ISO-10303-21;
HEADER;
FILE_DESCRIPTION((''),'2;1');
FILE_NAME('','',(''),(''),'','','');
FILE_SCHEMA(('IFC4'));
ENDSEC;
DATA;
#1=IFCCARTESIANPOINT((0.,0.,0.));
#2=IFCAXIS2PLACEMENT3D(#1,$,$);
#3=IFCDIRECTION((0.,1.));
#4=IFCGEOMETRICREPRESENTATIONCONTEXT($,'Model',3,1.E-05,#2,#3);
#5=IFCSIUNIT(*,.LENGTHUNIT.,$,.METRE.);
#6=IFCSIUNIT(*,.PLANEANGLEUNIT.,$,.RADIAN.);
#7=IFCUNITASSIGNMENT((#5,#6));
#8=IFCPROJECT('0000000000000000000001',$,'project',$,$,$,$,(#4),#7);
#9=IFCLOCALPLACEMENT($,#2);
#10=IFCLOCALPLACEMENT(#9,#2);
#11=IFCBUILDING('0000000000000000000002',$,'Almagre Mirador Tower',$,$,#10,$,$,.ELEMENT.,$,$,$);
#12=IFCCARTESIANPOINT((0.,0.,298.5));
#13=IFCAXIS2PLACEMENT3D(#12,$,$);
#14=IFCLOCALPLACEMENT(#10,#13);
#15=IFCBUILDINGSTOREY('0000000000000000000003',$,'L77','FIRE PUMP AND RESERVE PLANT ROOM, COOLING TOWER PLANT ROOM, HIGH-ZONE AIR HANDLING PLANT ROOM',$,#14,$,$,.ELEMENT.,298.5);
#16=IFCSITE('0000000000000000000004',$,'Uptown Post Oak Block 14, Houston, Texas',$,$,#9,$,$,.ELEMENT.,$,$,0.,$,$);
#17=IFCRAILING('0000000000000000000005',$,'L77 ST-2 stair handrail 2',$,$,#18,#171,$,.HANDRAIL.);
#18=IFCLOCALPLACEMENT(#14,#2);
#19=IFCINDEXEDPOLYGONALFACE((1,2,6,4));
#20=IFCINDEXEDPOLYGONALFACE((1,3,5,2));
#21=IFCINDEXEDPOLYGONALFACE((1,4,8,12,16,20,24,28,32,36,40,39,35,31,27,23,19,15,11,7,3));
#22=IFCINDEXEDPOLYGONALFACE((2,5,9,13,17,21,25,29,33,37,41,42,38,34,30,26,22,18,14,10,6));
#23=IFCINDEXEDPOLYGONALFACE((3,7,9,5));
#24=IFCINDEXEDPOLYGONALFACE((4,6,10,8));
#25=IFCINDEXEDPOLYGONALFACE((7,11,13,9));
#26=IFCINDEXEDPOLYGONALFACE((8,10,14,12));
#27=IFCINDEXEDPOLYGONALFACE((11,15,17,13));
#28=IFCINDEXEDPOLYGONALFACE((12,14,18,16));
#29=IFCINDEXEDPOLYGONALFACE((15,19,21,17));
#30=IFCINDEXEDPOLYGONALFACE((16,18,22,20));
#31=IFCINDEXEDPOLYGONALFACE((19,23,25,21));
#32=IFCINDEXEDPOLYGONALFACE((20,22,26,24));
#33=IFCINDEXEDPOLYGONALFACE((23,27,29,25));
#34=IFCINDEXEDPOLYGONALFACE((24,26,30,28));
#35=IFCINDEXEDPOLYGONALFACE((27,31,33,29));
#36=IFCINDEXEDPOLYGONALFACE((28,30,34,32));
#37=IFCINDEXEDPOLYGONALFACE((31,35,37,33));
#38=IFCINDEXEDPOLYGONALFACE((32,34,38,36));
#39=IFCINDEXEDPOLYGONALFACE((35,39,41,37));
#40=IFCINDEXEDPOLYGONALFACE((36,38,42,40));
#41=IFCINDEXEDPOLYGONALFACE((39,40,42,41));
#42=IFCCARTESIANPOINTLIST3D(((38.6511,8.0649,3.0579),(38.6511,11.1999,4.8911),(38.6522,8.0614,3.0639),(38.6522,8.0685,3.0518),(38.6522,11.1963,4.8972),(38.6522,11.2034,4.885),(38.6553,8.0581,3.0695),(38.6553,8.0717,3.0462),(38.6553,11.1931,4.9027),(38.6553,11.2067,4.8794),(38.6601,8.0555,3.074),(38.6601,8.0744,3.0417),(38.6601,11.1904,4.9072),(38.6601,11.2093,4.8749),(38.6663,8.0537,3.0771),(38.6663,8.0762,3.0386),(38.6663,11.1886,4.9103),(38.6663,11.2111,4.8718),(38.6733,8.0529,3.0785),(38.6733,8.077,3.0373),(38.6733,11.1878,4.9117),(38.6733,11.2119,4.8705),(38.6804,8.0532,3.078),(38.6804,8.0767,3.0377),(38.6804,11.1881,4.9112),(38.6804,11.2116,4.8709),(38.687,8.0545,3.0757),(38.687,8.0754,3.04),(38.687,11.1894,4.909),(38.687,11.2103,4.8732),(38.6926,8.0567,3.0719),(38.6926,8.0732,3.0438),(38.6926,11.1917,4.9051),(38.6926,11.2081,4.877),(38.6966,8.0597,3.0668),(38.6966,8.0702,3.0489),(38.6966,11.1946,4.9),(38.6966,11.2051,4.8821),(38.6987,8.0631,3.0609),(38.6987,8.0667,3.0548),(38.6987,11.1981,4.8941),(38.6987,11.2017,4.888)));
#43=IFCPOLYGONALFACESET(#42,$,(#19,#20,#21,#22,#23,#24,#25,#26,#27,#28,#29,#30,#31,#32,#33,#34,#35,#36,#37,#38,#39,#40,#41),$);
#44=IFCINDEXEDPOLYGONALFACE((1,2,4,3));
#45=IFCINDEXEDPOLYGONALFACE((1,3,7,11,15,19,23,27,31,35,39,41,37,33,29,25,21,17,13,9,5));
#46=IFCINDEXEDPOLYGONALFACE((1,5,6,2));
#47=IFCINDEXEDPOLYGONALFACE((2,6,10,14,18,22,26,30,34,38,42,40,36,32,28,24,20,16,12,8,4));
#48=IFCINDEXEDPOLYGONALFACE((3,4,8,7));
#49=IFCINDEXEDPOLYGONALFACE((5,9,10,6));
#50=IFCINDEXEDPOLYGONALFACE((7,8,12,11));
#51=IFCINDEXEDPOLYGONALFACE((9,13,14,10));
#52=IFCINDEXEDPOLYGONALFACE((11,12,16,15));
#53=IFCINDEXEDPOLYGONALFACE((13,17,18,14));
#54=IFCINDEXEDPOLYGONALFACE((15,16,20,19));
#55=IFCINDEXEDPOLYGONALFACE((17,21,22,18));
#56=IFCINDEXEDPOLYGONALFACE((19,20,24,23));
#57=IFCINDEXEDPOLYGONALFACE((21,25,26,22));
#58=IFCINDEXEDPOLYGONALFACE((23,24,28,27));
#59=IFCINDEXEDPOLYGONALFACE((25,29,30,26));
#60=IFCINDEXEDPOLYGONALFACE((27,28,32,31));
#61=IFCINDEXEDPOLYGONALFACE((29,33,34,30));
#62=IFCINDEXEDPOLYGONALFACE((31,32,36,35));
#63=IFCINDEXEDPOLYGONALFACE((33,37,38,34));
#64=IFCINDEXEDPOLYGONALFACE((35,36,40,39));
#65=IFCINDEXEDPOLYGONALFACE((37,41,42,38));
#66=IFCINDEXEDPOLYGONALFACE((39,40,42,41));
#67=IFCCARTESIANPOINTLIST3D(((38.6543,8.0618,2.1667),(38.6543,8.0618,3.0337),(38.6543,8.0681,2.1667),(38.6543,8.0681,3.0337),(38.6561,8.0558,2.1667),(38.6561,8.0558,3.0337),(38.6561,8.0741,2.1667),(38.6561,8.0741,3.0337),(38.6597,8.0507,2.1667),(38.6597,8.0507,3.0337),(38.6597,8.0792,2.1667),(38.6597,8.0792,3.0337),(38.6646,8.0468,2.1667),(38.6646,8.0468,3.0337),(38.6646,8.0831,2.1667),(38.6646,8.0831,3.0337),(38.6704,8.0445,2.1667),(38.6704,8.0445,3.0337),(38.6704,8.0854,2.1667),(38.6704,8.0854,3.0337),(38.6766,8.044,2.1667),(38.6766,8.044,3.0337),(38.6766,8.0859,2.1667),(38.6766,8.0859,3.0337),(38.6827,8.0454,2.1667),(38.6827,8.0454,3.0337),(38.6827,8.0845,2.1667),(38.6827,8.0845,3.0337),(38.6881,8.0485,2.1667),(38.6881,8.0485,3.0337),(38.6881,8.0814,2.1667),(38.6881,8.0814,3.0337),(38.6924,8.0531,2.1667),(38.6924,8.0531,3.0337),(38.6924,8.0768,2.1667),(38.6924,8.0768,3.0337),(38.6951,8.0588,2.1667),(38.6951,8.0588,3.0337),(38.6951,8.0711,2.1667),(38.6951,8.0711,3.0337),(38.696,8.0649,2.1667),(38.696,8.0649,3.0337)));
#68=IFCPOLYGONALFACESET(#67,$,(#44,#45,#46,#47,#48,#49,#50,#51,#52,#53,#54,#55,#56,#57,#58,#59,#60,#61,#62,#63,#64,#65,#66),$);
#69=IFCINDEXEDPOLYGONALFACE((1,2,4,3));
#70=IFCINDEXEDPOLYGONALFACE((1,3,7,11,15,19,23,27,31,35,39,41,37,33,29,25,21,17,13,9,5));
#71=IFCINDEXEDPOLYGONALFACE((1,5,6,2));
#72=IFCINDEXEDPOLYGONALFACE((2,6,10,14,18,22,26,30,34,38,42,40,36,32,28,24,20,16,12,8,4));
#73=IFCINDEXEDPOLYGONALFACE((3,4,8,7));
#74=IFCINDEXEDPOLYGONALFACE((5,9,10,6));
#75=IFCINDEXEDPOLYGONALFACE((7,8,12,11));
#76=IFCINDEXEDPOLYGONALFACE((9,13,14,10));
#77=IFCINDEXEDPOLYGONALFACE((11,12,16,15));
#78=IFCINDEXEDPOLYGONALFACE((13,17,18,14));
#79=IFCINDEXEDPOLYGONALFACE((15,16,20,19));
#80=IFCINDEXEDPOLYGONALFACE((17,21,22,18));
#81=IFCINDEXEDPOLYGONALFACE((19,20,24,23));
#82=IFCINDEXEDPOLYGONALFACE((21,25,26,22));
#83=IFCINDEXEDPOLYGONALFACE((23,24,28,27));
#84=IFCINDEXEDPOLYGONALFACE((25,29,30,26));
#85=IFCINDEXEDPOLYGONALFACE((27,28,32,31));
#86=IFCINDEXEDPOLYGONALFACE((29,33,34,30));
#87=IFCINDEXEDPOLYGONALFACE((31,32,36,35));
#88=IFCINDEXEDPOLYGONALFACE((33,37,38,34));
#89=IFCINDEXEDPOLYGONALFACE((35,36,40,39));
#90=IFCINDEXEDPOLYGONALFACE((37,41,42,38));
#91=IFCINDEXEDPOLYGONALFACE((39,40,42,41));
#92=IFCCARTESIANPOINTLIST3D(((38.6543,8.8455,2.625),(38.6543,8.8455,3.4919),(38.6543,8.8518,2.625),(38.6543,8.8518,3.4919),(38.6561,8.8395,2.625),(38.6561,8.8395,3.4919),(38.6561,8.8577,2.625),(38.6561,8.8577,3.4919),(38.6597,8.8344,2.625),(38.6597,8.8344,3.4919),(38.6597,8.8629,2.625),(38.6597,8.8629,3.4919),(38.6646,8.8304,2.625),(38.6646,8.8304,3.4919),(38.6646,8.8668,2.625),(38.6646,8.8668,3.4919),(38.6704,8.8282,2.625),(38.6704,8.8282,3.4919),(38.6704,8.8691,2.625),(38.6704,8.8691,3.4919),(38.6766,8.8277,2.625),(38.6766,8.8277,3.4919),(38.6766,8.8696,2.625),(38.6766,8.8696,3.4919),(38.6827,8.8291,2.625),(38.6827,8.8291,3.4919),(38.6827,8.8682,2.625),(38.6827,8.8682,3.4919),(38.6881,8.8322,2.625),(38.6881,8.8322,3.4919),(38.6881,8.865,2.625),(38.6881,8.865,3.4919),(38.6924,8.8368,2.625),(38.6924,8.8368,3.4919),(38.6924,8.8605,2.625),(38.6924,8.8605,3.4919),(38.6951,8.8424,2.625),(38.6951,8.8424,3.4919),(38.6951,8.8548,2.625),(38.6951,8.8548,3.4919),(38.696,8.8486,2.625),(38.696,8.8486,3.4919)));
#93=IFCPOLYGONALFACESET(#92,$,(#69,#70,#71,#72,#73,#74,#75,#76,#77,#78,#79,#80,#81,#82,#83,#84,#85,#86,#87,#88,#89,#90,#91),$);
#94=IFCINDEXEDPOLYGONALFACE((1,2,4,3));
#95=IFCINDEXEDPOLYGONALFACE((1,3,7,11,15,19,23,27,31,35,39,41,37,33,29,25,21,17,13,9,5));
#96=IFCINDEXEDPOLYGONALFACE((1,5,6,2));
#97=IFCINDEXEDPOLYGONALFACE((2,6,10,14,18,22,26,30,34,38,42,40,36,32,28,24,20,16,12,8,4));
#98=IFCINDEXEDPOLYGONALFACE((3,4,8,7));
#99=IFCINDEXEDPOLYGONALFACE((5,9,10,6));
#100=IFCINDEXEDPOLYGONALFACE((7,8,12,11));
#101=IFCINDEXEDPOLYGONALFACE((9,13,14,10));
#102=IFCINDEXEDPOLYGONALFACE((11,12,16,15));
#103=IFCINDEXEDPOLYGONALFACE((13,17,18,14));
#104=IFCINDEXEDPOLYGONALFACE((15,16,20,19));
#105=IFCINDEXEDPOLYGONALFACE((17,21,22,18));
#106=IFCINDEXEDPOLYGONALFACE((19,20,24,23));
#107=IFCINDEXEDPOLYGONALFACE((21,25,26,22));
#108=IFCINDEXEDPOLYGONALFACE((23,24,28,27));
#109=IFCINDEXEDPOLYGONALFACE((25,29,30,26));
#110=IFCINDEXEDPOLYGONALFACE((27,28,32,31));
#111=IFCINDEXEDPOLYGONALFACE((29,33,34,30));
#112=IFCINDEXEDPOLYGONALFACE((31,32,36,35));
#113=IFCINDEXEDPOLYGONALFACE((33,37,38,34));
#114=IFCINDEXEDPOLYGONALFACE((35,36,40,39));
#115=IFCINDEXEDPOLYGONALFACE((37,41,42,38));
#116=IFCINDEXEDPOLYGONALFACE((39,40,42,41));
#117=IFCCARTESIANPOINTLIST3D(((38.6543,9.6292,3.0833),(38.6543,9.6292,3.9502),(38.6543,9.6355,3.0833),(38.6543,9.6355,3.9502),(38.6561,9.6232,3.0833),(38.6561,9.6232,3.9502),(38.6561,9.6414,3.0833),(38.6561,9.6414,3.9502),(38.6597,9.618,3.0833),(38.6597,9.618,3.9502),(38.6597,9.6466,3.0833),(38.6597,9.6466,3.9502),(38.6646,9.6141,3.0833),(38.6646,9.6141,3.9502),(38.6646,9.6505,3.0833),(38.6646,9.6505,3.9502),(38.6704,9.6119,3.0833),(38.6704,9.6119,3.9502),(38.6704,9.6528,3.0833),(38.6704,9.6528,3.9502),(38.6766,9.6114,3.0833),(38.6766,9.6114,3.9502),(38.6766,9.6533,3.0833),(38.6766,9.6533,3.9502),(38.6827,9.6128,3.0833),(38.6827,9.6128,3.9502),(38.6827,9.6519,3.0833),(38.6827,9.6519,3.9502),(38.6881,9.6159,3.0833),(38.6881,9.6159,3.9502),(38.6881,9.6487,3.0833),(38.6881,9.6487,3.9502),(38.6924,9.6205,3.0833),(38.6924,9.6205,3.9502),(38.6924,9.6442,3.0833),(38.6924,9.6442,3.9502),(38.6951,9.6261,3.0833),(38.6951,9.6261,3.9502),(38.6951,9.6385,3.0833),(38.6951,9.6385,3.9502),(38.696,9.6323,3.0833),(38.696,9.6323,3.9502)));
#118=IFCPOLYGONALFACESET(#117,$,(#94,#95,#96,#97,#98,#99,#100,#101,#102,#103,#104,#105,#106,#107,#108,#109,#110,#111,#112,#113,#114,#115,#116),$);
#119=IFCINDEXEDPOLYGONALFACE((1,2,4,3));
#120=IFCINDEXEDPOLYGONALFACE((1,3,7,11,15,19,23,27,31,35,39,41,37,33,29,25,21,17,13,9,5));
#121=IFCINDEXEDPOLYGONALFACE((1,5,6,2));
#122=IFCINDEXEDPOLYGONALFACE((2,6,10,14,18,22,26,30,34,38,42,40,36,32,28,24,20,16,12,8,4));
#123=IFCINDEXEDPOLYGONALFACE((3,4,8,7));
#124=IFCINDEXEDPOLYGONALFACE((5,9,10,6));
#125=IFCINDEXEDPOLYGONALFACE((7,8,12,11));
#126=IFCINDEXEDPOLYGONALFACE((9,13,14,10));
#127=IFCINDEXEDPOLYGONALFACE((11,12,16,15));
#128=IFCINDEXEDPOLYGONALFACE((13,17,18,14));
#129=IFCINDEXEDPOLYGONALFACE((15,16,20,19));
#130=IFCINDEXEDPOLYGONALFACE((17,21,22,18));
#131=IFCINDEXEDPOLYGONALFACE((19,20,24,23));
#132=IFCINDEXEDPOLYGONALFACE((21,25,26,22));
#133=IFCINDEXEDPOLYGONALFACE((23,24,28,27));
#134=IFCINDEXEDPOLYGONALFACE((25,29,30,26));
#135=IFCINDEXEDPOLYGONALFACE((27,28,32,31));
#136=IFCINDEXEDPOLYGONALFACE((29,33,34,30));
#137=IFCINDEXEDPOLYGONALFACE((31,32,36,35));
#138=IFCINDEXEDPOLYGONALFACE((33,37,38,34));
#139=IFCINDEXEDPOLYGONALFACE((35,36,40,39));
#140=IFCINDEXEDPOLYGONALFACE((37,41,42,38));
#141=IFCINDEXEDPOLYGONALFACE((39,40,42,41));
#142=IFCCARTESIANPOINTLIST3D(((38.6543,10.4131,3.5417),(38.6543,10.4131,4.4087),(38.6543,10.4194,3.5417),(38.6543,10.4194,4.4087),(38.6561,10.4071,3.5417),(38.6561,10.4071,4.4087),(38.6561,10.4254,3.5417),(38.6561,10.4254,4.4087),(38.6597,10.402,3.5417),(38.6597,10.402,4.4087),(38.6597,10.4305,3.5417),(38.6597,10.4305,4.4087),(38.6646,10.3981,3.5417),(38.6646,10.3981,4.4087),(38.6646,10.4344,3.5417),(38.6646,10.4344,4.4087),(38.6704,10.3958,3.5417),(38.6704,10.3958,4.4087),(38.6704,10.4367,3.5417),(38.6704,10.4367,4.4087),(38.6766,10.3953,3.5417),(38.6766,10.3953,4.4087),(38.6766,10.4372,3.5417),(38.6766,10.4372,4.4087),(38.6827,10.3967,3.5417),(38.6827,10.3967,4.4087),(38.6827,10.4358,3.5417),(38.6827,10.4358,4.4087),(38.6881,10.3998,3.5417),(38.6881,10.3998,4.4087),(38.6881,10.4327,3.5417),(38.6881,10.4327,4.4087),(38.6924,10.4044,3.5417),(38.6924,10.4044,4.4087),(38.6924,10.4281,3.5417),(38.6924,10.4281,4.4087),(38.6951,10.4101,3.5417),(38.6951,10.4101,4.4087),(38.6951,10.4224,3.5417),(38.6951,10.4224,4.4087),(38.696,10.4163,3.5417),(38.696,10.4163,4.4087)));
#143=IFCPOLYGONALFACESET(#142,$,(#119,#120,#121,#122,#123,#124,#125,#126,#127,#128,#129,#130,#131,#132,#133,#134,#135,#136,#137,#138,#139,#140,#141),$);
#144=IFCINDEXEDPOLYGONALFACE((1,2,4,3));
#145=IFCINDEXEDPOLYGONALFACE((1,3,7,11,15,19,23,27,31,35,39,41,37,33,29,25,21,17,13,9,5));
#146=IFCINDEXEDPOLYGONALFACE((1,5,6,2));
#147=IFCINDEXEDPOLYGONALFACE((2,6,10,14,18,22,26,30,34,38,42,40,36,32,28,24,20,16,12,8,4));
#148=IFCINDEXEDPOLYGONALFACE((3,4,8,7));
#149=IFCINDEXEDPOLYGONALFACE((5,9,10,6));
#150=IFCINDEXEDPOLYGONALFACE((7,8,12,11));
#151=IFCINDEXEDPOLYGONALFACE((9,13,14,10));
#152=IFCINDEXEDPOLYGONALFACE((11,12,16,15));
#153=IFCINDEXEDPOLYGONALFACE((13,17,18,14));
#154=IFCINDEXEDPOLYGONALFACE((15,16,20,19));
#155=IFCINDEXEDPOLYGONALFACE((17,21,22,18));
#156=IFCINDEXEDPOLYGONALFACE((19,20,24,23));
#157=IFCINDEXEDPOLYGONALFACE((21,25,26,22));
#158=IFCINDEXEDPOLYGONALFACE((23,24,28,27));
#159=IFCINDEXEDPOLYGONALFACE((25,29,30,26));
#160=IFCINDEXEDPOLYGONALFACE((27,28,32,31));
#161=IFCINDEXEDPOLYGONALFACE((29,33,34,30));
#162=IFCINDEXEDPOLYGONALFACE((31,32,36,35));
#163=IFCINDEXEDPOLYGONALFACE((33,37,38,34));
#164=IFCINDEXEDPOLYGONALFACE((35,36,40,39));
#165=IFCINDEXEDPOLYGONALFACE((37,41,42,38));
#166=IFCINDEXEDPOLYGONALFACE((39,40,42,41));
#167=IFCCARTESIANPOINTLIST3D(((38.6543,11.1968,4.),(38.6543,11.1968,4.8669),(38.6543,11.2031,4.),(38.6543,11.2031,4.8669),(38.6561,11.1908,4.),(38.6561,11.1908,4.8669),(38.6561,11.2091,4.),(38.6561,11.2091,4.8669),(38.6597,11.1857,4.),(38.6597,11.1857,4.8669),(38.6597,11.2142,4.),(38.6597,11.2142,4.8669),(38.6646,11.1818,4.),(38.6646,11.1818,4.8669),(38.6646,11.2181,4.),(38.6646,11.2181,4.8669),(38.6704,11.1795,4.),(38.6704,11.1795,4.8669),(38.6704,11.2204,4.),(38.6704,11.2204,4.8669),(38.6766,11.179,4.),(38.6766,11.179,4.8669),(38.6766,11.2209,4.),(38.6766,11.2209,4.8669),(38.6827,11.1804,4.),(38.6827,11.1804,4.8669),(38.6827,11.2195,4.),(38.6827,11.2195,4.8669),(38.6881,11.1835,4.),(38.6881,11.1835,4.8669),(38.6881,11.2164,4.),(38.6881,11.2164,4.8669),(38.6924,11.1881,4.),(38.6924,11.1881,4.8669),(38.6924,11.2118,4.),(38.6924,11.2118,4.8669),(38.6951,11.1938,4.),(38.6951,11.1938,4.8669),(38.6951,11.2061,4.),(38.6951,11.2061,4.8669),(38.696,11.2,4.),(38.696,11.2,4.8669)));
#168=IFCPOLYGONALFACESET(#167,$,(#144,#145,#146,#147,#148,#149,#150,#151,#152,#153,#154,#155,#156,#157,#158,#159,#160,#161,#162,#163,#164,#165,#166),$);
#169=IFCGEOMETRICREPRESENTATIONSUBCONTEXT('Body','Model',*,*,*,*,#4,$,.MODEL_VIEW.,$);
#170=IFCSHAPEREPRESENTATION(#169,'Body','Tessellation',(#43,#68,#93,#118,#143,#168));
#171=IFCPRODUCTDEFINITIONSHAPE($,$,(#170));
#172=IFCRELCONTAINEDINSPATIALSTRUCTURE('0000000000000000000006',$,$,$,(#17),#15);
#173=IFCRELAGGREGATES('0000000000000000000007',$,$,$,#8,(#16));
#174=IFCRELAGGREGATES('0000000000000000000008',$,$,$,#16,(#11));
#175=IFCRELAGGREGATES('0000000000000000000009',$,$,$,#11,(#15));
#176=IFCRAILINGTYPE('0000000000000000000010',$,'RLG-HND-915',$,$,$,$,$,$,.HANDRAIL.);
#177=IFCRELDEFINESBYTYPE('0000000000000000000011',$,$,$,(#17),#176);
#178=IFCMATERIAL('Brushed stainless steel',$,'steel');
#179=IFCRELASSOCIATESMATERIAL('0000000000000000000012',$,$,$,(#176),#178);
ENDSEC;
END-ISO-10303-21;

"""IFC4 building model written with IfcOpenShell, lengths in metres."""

from ifc_helpers import new_model, si_unit, direction, frame, origin, origin_2d, place, context, subcontext, project, spatial, circle, extrude, material, type_object, element, save


model = new_model("IFC4")

# Units and contexts
model_context = context("Model", 3, precision=1e-05, world=origin(), true_north=direction((0.0, 1.0)))
body_context = subcontext(model_context, "Body", "Model", "MODEL_VIEW")
ifc_project = project(units=[si_unit("LENGTHUNIT", "METRE"), si_unit("PLANEANGLEUNIT", "RADIAN")], contexts=[model_context])

# Site, building, storey
site_placement = place(None, origin())
site = spatial("IfcSite", under=ifc_project, at=site_placement, Name="Uptown Post Oak Block 14, Houston, Texas", CompositionType="ELEMENT", RefElevation=0.0)
building_placement = place(site_placement, origin())
building = spatial("IfcBuilding", under=site, at=building_placement, Name="Almagre Mirador Tower", CompositionType="ELEMENT")
storey_placement = place(building_placement, frame((0.0, 0.0, 298.5)))
storey = spatial("IfcBuildingStorey", under=building, at=storey_placement, Name="L77", Description="FIRE PUMP AND RESERVE PLANT ROOM, COOLING TOWER PLANT ROOM, HIGH-ZONE AIR HANDLING PLANT ROOM", CompositionType="ELEMENT", Elevation=298.5)

# Railing
ifc_material_1 = material(Name="Brushed stainless steel", Category="steel")
railing_type_1 = type_object("IfcRailingType", Name="RLG-HND-915", PredefinedType="HANDRAIL", material=ifc_material_1)
for number, where, name in (
    (1, (38.675, 8.0649, 2.1667), "L77 ST-2 stair handrail 2"),
):
    element("IfcRailing", number, at=place(storey_placement, frame(where)), inside=storey, type_object=railing_type_1, Name=name, PredefinedType="HANDRAIL", context=body_context, shape_type="SweptSolid", body=[
        extrude(circle(Radius=0.0239, at=origin_2d()), frame((0.0, 0.0, 0.8911), z_axis=(0.0, 0.86324, 0.504794), x_axis=(-1.0, 0.0, 0.0)), (0.0, 0.0, 1.0), 3.6316),
        extrude(circle(Radius=0.021, at=origin_2d()), origin(), (0.0, 0.0, 1.0), 0.8669),
        extrude(circle(Radius=0.021, at=origin_2d()), frame((0.0, 0.7837, 0.4583)), (0.0, 0.0, 1.0), 0.8669),
        extrude(circle(Radius=0.021, at=origin_2d()), frame((0.0, 1.5674, 0.9165)), (0.0, 0.0, 1.0), 0.8669),
        extrude(circle(Radius=0.021, at=origin_2d()), frame((0.0, 2.3513, 1.375)), (0.0, 0.0, 1.0), 0.8669),
        extrude(circle(Radius=0.021, at=origin_2d()), frame((0.0, 3.135, 1.8333)), (0.0, 0.0, 1.0), 0.8669),
    ])

save(model, "model.ifc")
